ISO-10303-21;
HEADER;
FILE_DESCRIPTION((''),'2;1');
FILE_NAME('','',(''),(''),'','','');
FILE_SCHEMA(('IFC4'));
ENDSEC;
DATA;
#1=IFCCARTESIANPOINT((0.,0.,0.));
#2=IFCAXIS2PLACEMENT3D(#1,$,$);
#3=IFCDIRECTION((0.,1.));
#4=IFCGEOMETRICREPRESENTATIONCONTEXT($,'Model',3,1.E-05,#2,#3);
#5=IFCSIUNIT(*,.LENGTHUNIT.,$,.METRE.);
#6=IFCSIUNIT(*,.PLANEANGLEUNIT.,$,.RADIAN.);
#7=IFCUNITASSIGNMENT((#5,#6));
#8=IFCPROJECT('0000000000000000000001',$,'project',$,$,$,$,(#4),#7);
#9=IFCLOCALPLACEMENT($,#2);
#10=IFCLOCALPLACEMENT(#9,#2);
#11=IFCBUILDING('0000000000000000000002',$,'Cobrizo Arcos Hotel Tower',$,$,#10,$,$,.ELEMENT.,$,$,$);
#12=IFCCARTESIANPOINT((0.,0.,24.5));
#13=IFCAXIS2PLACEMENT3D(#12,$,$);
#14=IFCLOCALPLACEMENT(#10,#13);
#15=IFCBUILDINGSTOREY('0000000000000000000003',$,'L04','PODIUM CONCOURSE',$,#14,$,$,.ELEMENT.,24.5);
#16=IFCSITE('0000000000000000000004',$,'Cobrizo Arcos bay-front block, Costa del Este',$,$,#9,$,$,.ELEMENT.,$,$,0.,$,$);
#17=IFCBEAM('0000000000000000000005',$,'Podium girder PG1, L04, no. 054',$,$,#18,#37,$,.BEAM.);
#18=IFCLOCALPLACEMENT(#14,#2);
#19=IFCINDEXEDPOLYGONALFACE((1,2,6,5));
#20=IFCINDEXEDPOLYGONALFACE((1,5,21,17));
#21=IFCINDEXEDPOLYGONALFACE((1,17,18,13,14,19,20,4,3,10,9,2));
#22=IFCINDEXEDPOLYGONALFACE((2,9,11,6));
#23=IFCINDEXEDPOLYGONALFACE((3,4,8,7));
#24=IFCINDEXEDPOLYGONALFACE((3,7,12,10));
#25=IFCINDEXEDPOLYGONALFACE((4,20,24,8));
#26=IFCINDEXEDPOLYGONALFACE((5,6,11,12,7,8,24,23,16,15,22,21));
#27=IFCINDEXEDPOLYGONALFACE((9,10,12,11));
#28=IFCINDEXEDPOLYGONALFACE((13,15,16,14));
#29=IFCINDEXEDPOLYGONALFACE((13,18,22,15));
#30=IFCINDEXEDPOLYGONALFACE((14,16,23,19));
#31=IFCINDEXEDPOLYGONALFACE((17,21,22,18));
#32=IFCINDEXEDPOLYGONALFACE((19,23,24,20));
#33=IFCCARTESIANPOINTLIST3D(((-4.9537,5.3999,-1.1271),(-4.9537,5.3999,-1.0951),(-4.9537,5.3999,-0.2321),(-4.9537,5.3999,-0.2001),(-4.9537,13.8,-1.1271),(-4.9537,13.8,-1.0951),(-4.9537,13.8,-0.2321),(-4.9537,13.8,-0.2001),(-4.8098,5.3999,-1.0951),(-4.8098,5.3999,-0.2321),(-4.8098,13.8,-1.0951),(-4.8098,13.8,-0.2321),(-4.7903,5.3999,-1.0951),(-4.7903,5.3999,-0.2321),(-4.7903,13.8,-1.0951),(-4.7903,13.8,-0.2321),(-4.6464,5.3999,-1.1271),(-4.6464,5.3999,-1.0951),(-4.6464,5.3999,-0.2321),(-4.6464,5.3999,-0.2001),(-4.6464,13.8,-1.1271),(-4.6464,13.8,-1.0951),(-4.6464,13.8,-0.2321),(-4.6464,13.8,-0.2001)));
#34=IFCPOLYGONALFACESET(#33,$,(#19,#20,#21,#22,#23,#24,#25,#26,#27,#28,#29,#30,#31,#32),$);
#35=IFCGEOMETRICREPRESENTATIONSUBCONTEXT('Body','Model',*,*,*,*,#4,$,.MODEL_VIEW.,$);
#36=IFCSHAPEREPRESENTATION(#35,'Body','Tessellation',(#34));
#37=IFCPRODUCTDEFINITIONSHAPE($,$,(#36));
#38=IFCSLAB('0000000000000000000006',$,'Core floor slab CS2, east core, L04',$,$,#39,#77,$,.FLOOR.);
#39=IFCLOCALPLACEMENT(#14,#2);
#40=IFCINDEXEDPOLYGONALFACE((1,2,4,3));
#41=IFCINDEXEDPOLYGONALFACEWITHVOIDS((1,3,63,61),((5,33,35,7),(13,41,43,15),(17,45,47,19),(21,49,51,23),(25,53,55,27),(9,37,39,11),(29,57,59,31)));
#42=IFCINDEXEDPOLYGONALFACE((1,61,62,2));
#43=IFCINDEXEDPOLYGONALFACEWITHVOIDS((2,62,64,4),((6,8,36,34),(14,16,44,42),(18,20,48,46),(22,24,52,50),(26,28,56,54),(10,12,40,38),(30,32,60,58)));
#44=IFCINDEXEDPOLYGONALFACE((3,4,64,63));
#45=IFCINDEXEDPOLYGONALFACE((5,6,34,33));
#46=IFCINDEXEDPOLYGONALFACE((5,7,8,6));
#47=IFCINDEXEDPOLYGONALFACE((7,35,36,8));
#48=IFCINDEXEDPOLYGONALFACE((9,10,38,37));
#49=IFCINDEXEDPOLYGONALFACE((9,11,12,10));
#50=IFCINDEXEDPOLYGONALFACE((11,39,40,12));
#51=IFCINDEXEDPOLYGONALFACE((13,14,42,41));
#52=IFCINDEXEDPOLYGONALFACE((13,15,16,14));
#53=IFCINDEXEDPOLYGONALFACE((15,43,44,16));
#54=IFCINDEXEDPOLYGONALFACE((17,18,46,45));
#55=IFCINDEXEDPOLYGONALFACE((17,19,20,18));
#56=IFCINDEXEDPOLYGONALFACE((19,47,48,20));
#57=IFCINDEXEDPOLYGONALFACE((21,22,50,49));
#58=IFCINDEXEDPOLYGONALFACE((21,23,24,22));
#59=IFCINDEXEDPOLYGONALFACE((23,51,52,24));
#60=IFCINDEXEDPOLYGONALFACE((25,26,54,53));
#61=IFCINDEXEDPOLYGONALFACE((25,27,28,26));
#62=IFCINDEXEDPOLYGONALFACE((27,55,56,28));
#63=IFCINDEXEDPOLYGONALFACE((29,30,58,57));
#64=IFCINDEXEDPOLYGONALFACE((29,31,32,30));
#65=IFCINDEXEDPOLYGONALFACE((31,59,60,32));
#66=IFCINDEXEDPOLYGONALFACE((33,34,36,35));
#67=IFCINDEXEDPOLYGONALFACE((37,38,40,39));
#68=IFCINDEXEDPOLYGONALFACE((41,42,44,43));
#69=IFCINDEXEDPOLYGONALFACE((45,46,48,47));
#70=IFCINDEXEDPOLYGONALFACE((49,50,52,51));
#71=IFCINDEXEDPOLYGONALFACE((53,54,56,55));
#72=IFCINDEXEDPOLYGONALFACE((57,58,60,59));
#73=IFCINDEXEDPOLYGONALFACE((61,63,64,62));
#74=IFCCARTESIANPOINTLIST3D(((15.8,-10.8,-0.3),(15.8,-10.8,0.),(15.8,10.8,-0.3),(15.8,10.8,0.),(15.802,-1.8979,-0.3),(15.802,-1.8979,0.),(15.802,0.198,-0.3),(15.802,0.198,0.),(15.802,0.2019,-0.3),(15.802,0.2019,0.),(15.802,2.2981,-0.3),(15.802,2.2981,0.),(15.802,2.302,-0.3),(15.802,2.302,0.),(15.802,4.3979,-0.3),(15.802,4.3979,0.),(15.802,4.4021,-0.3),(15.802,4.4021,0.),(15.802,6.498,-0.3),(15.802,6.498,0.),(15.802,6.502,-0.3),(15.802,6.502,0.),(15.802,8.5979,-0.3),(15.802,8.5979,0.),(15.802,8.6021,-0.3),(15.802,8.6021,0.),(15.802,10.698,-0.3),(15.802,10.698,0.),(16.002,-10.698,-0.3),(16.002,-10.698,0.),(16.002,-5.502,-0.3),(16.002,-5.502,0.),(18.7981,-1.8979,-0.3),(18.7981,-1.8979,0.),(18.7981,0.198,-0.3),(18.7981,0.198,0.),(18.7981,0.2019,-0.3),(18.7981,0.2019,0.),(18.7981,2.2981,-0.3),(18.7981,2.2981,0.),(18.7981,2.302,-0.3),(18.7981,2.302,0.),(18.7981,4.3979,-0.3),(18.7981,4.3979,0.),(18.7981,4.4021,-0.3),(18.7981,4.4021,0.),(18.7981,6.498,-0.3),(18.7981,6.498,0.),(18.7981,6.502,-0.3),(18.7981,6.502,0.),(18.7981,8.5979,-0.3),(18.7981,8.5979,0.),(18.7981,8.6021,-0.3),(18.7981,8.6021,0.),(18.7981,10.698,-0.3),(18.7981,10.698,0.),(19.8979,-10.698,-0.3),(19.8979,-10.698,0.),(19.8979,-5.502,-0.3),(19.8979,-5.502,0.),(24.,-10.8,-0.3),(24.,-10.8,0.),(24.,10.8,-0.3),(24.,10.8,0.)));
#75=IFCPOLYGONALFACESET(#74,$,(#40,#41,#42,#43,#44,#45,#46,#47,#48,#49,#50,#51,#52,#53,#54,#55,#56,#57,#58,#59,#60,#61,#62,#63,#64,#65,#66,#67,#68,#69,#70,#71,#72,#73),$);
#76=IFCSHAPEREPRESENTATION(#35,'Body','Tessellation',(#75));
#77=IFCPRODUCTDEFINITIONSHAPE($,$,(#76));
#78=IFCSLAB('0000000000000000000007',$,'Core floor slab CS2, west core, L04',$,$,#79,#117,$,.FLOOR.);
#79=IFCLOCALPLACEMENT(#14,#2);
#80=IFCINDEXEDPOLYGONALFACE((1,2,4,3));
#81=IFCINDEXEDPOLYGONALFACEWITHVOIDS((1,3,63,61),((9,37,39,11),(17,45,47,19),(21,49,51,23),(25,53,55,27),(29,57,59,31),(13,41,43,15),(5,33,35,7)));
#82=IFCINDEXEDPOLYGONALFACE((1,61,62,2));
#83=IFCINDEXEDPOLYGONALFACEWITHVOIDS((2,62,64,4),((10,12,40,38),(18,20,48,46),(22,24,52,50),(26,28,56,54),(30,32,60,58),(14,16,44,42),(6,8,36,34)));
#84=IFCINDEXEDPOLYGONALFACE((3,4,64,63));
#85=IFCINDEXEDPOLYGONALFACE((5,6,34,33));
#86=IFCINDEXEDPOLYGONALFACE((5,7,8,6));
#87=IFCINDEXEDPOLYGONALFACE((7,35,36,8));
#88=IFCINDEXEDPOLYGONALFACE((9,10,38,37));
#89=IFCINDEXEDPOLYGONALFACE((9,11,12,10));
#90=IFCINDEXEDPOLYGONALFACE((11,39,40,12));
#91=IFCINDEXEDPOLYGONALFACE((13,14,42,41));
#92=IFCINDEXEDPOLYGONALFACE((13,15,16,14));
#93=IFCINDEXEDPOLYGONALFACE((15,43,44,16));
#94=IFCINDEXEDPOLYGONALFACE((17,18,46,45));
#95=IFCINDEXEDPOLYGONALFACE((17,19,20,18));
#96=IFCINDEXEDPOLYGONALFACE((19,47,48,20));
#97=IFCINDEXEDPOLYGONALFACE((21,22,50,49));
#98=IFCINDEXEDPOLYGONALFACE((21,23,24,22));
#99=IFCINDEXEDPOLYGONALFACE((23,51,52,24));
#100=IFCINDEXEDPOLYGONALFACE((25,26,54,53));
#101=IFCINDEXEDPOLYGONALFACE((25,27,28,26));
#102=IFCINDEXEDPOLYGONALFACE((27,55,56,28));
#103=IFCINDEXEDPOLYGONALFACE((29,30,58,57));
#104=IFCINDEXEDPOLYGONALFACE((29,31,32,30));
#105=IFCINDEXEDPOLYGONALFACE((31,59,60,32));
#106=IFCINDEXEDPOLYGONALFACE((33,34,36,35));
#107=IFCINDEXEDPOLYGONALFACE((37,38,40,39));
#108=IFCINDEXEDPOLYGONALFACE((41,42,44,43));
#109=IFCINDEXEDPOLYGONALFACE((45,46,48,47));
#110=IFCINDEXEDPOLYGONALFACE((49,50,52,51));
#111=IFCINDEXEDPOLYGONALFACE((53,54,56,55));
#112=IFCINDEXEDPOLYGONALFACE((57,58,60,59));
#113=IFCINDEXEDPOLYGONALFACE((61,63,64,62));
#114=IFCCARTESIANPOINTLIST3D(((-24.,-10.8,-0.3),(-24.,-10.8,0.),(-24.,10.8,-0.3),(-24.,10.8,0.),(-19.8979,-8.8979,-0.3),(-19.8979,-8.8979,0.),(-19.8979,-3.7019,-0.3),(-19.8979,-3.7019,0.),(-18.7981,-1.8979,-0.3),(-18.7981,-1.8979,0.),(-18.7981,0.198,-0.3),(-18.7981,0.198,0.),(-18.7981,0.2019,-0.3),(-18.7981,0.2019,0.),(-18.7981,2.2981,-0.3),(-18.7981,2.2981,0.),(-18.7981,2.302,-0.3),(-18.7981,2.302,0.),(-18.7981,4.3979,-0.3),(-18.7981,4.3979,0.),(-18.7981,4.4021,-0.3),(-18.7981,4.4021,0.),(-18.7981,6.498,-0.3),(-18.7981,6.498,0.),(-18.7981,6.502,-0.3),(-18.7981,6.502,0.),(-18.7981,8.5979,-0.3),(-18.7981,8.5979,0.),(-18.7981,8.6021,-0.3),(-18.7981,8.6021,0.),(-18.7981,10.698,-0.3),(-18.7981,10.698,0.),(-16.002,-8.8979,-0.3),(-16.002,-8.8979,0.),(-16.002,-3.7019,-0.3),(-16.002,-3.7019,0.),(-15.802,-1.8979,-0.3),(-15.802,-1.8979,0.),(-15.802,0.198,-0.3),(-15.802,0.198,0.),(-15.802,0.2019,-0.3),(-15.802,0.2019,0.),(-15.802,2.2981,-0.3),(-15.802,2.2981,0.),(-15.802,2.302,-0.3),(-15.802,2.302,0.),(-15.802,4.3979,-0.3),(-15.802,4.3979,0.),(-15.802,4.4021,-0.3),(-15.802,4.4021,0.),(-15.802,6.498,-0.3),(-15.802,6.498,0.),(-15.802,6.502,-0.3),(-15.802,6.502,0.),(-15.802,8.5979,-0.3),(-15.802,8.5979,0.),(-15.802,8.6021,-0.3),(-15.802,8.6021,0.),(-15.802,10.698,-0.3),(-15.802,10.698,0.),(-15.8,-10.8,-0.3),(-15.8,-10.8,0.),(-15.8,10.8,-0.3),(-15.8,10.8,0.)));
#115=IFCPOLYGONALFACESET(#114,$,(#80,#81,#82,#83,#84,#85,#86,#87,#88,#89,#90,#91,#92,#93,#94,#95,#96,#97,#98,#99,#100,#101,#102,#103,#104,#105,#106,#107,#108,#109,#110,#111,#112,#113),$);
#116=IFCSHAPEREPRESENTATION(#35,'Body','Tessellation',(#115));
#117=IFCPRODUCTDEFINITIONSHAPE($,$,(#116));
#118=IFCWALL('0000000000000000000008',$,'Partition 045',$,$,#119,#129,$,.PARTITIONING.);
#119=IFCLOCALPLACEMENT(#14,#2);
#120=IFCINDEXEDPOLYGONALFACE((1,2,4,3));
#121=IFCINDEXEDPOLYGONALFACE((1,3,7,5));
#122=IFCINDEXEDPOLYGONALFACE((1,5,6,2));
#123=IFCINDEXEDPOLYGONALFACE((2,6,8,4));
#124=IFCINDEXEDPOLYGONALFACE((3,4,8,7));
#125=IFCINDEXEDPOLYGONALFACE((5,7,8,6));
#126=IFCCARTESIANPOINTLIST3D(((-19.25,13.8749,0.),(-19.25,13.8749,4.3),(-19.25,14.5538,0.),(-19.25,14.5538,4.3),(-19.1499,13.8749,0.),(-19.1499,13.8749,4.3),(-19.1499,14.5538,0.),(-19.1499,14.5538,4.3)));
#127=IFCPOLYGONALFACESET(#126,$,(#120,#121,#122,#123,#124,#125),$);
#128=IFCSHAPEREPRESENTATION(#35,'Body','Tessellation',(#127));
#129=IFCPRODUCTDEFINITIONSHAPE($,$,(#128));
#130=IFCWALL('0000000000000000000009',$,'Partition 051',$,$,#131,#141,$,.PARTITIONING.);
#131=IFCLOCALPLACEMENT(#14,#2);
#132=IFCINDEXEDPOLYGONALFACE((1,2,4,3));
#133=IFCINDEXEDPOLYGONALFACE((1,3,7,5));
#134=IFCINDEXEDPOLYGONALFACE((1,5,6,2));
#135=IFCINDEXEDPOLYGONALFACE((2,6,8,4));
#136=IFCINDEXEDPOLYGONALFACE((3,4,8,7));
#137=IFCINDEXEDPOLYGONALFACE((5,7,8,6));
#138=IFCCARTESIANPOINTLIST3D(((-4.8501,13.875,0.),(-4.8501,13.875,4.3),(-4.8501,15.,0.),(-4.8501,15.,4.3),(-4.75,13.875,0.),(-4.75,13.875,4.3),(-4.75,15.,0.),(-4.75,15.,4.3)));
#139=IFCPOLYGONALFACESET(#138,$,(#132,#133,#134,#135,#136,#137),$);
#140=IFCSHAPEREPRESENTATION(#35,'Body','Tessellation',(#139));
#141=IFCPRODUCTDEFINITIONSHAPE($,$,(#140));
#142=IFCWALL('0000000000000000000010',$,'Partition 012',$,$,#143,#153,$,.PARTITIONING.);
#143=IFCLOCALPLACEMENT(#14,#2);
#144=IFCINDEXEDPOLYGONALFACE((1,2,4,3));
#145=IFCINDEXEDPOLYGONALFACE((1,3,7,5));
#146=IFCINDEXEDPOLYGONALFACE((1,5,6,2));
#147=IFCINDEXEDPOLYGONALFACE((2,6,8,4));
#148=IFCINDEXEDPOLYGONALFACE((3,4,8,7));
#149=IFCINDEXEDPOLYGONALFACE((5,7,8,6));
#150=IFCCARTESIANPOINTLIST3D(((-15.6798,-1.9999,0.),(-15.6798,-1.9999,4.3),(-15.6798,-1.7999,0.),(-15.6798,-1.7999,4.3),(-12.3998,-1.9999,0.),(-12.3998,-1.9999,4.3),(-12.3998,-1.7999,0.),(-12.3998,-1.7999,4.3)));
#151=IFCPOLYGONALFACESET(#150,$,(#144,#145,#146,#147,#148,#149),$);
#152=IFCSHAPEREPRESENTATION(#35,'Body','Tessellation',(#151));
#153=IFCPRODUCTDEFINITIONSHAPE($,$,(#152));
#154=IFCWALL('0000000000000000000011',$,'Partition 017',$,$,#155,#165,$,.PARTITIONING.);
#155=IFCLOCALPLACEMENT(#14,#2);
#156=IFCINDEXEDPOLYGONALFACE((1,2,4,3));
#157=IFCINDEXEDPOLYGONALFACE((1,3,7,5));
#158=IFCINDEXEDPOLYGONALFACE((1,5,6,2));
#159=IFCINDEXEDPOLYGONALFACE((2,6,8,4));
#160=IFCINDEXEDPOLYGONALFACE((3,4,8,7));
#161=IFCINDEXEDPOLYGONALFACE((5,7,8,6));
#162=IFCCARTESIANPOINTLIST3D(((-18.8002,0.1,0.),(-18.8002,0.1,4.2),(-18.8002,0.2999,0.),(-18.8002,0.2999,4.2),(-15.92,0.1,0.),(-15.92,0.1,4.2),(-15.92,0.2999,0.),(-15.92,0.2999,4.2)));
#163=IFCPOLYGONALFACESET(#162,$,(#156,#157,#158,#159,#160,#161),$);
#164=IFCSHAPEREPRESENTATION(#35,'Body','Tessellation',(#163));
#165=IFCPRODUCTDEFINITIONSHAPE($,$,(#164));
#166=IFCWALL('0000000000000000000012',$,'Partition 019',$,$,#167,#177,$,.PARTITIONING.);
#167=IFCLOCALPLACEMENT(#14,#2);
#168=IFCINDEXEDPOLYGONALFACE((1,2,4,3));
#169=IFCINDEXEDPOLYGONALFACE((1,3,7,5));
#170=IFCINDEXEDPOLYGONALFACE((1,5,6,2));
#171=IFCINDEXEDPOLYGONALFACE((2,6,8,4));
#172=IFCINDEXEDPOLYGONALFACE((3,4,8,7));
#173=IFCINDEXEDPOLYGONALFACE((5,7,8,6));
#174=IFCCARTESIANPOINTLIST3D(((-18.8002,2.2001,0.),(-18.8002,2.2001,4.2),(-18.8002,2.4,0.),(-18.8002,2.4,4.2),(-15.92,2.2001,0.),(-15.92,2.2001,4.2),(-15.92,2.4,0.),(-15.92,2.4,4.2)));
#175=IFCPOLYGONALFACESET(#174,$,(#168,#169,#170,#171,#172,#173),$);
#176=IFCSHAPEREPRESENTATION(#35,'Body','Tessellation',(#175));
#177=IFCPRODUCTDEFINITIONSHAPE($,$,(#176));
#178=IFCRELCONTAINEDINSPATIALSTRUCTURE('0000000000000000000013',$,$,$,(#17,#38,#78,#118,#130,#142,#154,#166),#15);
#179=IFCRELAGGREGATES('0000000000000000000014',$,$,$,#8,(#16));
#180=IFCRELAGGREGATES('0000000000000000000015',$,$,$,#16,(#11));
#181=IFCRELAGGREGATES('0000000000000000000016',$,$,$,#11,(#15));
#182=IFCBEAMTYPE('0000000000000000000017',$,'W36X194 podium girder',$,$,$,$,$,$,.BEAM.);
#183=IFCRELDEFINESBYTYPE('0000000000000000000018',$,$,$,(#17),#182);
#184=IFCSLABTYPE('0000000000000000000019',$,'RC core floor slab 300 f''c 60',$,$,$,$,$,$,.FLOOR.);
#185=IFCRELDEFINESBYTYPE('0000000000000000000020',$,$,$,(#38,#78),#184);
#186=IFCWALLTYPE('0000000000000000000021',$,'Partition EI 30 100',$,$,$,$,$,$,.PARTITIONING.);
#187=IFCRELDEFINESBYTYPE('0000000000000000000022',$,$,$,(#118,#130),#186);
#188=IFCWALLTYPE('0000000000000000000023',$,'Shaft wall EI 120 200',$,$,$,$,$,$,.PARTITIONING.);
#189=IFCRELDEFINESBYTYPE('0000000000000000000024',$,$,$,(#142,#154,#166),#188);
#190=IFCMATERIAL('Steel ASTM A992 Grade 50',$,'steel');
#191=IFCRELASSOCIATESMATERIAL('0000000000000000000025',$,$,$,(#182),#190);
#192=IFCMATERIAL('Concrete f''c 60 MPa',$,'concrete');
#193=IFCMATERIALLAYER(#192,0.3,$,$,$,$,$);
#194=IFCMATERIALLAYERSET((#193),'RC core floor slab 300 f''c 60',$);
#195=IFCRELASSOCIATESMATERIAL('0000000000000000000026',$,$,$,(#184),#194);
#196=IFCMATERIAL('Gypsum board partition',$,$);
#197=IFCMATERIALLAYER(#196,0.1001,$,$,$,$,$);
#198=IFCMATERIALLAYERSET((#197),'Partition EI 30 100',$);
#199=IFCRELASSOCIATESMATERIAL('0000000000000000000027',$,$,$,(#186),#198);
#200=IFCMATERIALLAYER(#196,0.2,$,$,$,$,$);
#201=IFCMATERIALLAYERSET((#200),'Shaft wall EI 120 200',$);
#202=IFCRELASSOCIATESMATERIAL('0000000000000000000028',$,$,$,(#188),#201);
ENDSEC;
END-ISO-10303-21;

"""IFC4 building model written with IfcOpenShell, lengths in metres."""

from ifc_helpers import new_model, si_unit, direction, frame, frame_2d, origin, origin_2d, place, context, subcontext, project, spatial, polyline, rectangle, i_section, outline, extrude, material, layer, layer_set, material_profile, profile_set, type_object, element, save


model = new_model("IFC4")

# Units and contexts
model_context = context("Model", 3, precision=1e-05, world=origin(), true_north=direction((0.0, 1.0)))
body_context = subcontext(model_context, "Body", "Model", "MODEL_VIEW")
ifc_project = project(units=[si_unit("LENGTHUNIT", "METRE"), si_unit("PLANEANGLEUNIT", "RADIAN")], contexts=[model_context])

# Site, building, storey
site_placement = place(None, origin())
site = spatial("IfcSite", under=ifc_project, at=site_placement, Name="Cobrizo Arcos bay-front block, Costa del Este", CompositionType="ELEMENT", RefElevation=0.0)
building_placement = place(site_placement, origin())
building = spatial("IfcBuilding", under=site, at=building_placement, Name="Cobrizo Arcos Hotel Tower", CompositionType="ELEMENT")
storey_placement = place(building_placement, frame((0.0, 0.0, 24.5)))
storey = spatial("IfcBuildingStorey", under=building, at=storey_placement, Name="L04", Description="PODIUM CONCOURSE", CompositionType="ELEMENT", Elevation=24.5)

# Beam
ifc_material_1 = material(Name="Steel ASTM A992 Grade 50", Category="steel")
ifc_material_profile_1 = material_profile(ifc_material_1, i_section(OverallWidth=0.3074, OverallDepth=0.927, WebThickness=0.0195, FlangeThickness=0.032, at=origin_2d()), Name="W36X194")
ifc_profile_set_1 = profile_set([ifc_material_profile_1], Name="Steel ASTM A992 Grade 50")
beam_type_1 = type_object("IfcBeamType", Name="W36X194 podium girder", PredefinedType="BEAM", material=ifc_profile_set_1)
for number, where, z_axis, x_axis, name in (
    (1, (-4.8, 5.3999, -0.6636), (0.0, 1.0, 0.0), (-1.0, 0.0, 0.0), "Podium girder PG1, L04, no. 054"),
):
    element("IfcBeam", number, at=place(storey_placement, frame(where, z_axis=z_axis, x_axis=x_axis)), inside=storey, type_object=beam_type_1, Name=name, PredefinedType="BEAM", context=body_context, shape_type="SweptSolid", body=[
        extrude(i_section(OverallWidth=0.3074, OverallDepth=0.927, WebThickness=0.0195, FlangeThickness=0.032, at=origin_2d()), origin(), (0.0, 0.0, 1.0), 8.4001),
    ])

# Slabs
ifc_material_2 = material(Name="Concrete f'c 60 MPa", Category="concrete")
ifc_layer_1 = layer(ifc_material_2, 0.3)
ifc_layer_set_1 = layer_set([ifc_layer_1], Name="RC core floor slab 300 f'c 60")
slab_type_1 = type_object("IfcSlabType", Name="RC core floor slab 300 f'c 60", PredefinedType="FLOOR", material=ifc_layer_set_1)
slab_1_placement = place(storey_placement, frame((0.0, 0.0, -0.3)))
element("IfcSlab", 2, at=slab_1_placement, inside=storey, type_object=slab_type_1, Name="Core floor slab CS2, east core, L04", PredefinedType="FLOOR", context=body_context, shape_type="SweptSolid", body=[
    extrude(outline(polyline([(15.8, 10.8), (24.0, 10.8), (24.0, -10.8), (15.8, -10.8), (15.8, 10.8)]), holes=[polyline([(19.8979, -10.698), (19.8979, -5.502), (16.002, -5.502), (16.002, -10.698), (19.8979, -10.698)]), polyline([(15.802, 0.198), (15.802, -1.8979), (18.7981, -1.8979), (18.7981, 0.198), (15.802, 0.198)]), polyline([(18.7981, 2.2981), (15.802, 2.2981), (15.802, 0.2019), (18.7981, 0.2019), (18.7981, 2.2981)]), polyline([(18.7981, 4.3979), (15.802, 4.3979), (15.802, 2.302), (18.7981, 2.302), (18.7981, 4.3979)]), polyline([(15.802, 6.498), (15.802, 4.4021), (18.7981, 4.4021), (18.7981, 6.498), (15.802, 6.498)]), polyline([(18.7981, 8.5979), (15.802, 8.5979), (15.802, 6.502), (18.7981, 6.502), (18.7981, 8.5979)]), polyline([(18.7981, 10.698), (15.802, 10.698), (15.802, 8.6021), (18.7981, 8.6021), (18.7981, 10.698)])]), origin(), (0.0, 0.0, 1.0), 0.3),
])
slab_2_placement = place(storey_placement, frame((0.0, 0.0, -0.3)))
element("IfcSlab", 3, at=slab_2_placement, inside=storey, type_object=slab_type_1, Name="Core floor slab CS2, west core, L04", PredefinedType="FLOOR", context=body_context, shape_type="SweptSolid", body=[
    extrude(outline(polyline([(-24.0, 10.8), (-15.8, 10.8), (-15.8, -10.8), (-24.0, -10.8), (-24.0, 10.8)]), holes=[polyline([(-19.8979, -3.7019), (-19.8979, -8.8979), (-16.002, -8.8979), (-16.002, -3.7019), (-19.8979, -3.7019)]), polyline([(-18.7981, 0.198), (-18.7981, -1.8979), (-15.802, -1.8979), (-15.802, 0.198), (-18.7981, 0.198)]), polyline([(-15.802, 2.2981), (-18.7981, 2.2981), (-18.7981, 0.2019), (-15.802, 0.2019), (-15.802, 2.2981)]), polyline([(-15.802, 4.3979), (-18.7981, 4.3979), (-18.7981, 2.302), (-15.802, 2.302), (-15.802, 4.3979)]), polyline([(-18.7981, 6.498), (-18.7981, 4.4021), (-15.802, 4.4021), (-15.802, 6.498), (-18.7981, 6.498)]), polyline([(-15.802, 8.5979), (-18.7981, 8.5979), (-18.7981, 6.502), (-15.802, 6.502), (-15.802, 8.5979)]), polyline([(-15.802, 10.698), (-18.7981, 10.698), (-18.7981, 8.6021), (-15.802, 8.6021), (-15.802, 10.698)])]), origin(), (0.0, 0.0, 1.0), 0.3),
])

# Walls
ifc_material_3 = material(Name="Gypsum board partition")
ifc_layer_2 = layer(ifc_material_3, 0.1001)
ifc_layer_set_2 = layer_set([ifc_layer_2], Name="Partition EI 30 100")
wall_type_1 = type_object("IfcWallType", Name="Partition EI 30 100", PredefinedType="PARTITIONING", material=ifc_layer_set_2)
wall_1_placement = place(storey_placement, frame((-19.2, 13.875, 0.0), z_axis=(0.0, 0.0, 1.0), x_axis=(0.0, 1.0, 0.0)))
element("IfcWall", 4, at=wall_1_placement, inside=storey, type_object=wall_type_1, Name="Partition 045", PredefinedType="PARTITIONING", context=body_context, shape_type="SweptSolid", body=[
    extrude(rectangle(XDim=0.679, YDim=0.1001, at=frame_2d((0.3394, 0.0))), origin(), (0.0, 0.0, 1.0), 4.3),
])
wall_2_placement = place(storey_placement, frame((-4.8, 13.875, 0.0), z_axis=(0.0, 0.0, 1.0), x_axis=(0.0, 1.0, 0.0)))
element("IfcWall", 5, at=wall_2_placement, inside=storey, type_object=wall_type_1, Name="Partition 051", PredefinedType="PARTITIONING", context=body_context, shape_type="SweptSolid", body=[
    extrude(rectangle(XDim=1.125, YDim=0.1001, at=frame_2d((0.5625, 0.0))), origin(), (0.0, 0.0, 1.0), 4.3),
])
ifc_layer_3 = layer(ifc_material_3, 0.2)
ifc_layer_set_3 = layer_set([ifc_layer_3], Name="Shaft wall EI 120 200")
wall_type_2 = type_object("IfcWallType", Name="Shaft wall EI 120 200", PredefinedType="PARTITIONING", material=ifc_layer_set_3)
wall_3_placement = place(storey_placement, frame((-15.6799, -1.8999, 0.0), z_axis=(0.0, 0.0, 1.0), x_axis=(1.0, 0.0, 0.0)))
element("IfcWall", 6, at=wall_3_placement, inside=storey, type_object=wall_type_2, Name="Partition 012", PredefinedType="PARTITIONING", context=body_context, shape_type="SweptSolid", body=[
    extrude(rectangle(XDim=3.28, YDim=0.2, at=frame_2d((1.6401, 0.0))), origin(), (0.0, 0.0, 1.0), 4.3),
])
for number, where, z_axis, x_axis, name in (
    (7, (-18.8, 0.2, 0.0), (0.0, 0.0, 1.0), (1.0, 0.0, 0.0), "Partition 017"),
    (8, (-18.8, 2.3, 0.0), (0.0, 0.0, 1.0), (1.0, 0.0, 0.0), "Partition 019"),
):
    element("IfcWall", number, at=place(storey_placement, frame(where, z_axis=z_axis, x_axis=x_axis)), inside=storey, type_object=wall_type_2, Name=name, PredefinedType="PARTITIONING", context=body_context, shape_type="SweptSolid", body=[
        extrude(rectangle(XDim=2.8801, YDim=0.2, at=frame_2d((1.4399, 0.0))), origin(), (0.0, 0.0, 1.0), 4.2),
    ])

save(model, "model.ifc")
